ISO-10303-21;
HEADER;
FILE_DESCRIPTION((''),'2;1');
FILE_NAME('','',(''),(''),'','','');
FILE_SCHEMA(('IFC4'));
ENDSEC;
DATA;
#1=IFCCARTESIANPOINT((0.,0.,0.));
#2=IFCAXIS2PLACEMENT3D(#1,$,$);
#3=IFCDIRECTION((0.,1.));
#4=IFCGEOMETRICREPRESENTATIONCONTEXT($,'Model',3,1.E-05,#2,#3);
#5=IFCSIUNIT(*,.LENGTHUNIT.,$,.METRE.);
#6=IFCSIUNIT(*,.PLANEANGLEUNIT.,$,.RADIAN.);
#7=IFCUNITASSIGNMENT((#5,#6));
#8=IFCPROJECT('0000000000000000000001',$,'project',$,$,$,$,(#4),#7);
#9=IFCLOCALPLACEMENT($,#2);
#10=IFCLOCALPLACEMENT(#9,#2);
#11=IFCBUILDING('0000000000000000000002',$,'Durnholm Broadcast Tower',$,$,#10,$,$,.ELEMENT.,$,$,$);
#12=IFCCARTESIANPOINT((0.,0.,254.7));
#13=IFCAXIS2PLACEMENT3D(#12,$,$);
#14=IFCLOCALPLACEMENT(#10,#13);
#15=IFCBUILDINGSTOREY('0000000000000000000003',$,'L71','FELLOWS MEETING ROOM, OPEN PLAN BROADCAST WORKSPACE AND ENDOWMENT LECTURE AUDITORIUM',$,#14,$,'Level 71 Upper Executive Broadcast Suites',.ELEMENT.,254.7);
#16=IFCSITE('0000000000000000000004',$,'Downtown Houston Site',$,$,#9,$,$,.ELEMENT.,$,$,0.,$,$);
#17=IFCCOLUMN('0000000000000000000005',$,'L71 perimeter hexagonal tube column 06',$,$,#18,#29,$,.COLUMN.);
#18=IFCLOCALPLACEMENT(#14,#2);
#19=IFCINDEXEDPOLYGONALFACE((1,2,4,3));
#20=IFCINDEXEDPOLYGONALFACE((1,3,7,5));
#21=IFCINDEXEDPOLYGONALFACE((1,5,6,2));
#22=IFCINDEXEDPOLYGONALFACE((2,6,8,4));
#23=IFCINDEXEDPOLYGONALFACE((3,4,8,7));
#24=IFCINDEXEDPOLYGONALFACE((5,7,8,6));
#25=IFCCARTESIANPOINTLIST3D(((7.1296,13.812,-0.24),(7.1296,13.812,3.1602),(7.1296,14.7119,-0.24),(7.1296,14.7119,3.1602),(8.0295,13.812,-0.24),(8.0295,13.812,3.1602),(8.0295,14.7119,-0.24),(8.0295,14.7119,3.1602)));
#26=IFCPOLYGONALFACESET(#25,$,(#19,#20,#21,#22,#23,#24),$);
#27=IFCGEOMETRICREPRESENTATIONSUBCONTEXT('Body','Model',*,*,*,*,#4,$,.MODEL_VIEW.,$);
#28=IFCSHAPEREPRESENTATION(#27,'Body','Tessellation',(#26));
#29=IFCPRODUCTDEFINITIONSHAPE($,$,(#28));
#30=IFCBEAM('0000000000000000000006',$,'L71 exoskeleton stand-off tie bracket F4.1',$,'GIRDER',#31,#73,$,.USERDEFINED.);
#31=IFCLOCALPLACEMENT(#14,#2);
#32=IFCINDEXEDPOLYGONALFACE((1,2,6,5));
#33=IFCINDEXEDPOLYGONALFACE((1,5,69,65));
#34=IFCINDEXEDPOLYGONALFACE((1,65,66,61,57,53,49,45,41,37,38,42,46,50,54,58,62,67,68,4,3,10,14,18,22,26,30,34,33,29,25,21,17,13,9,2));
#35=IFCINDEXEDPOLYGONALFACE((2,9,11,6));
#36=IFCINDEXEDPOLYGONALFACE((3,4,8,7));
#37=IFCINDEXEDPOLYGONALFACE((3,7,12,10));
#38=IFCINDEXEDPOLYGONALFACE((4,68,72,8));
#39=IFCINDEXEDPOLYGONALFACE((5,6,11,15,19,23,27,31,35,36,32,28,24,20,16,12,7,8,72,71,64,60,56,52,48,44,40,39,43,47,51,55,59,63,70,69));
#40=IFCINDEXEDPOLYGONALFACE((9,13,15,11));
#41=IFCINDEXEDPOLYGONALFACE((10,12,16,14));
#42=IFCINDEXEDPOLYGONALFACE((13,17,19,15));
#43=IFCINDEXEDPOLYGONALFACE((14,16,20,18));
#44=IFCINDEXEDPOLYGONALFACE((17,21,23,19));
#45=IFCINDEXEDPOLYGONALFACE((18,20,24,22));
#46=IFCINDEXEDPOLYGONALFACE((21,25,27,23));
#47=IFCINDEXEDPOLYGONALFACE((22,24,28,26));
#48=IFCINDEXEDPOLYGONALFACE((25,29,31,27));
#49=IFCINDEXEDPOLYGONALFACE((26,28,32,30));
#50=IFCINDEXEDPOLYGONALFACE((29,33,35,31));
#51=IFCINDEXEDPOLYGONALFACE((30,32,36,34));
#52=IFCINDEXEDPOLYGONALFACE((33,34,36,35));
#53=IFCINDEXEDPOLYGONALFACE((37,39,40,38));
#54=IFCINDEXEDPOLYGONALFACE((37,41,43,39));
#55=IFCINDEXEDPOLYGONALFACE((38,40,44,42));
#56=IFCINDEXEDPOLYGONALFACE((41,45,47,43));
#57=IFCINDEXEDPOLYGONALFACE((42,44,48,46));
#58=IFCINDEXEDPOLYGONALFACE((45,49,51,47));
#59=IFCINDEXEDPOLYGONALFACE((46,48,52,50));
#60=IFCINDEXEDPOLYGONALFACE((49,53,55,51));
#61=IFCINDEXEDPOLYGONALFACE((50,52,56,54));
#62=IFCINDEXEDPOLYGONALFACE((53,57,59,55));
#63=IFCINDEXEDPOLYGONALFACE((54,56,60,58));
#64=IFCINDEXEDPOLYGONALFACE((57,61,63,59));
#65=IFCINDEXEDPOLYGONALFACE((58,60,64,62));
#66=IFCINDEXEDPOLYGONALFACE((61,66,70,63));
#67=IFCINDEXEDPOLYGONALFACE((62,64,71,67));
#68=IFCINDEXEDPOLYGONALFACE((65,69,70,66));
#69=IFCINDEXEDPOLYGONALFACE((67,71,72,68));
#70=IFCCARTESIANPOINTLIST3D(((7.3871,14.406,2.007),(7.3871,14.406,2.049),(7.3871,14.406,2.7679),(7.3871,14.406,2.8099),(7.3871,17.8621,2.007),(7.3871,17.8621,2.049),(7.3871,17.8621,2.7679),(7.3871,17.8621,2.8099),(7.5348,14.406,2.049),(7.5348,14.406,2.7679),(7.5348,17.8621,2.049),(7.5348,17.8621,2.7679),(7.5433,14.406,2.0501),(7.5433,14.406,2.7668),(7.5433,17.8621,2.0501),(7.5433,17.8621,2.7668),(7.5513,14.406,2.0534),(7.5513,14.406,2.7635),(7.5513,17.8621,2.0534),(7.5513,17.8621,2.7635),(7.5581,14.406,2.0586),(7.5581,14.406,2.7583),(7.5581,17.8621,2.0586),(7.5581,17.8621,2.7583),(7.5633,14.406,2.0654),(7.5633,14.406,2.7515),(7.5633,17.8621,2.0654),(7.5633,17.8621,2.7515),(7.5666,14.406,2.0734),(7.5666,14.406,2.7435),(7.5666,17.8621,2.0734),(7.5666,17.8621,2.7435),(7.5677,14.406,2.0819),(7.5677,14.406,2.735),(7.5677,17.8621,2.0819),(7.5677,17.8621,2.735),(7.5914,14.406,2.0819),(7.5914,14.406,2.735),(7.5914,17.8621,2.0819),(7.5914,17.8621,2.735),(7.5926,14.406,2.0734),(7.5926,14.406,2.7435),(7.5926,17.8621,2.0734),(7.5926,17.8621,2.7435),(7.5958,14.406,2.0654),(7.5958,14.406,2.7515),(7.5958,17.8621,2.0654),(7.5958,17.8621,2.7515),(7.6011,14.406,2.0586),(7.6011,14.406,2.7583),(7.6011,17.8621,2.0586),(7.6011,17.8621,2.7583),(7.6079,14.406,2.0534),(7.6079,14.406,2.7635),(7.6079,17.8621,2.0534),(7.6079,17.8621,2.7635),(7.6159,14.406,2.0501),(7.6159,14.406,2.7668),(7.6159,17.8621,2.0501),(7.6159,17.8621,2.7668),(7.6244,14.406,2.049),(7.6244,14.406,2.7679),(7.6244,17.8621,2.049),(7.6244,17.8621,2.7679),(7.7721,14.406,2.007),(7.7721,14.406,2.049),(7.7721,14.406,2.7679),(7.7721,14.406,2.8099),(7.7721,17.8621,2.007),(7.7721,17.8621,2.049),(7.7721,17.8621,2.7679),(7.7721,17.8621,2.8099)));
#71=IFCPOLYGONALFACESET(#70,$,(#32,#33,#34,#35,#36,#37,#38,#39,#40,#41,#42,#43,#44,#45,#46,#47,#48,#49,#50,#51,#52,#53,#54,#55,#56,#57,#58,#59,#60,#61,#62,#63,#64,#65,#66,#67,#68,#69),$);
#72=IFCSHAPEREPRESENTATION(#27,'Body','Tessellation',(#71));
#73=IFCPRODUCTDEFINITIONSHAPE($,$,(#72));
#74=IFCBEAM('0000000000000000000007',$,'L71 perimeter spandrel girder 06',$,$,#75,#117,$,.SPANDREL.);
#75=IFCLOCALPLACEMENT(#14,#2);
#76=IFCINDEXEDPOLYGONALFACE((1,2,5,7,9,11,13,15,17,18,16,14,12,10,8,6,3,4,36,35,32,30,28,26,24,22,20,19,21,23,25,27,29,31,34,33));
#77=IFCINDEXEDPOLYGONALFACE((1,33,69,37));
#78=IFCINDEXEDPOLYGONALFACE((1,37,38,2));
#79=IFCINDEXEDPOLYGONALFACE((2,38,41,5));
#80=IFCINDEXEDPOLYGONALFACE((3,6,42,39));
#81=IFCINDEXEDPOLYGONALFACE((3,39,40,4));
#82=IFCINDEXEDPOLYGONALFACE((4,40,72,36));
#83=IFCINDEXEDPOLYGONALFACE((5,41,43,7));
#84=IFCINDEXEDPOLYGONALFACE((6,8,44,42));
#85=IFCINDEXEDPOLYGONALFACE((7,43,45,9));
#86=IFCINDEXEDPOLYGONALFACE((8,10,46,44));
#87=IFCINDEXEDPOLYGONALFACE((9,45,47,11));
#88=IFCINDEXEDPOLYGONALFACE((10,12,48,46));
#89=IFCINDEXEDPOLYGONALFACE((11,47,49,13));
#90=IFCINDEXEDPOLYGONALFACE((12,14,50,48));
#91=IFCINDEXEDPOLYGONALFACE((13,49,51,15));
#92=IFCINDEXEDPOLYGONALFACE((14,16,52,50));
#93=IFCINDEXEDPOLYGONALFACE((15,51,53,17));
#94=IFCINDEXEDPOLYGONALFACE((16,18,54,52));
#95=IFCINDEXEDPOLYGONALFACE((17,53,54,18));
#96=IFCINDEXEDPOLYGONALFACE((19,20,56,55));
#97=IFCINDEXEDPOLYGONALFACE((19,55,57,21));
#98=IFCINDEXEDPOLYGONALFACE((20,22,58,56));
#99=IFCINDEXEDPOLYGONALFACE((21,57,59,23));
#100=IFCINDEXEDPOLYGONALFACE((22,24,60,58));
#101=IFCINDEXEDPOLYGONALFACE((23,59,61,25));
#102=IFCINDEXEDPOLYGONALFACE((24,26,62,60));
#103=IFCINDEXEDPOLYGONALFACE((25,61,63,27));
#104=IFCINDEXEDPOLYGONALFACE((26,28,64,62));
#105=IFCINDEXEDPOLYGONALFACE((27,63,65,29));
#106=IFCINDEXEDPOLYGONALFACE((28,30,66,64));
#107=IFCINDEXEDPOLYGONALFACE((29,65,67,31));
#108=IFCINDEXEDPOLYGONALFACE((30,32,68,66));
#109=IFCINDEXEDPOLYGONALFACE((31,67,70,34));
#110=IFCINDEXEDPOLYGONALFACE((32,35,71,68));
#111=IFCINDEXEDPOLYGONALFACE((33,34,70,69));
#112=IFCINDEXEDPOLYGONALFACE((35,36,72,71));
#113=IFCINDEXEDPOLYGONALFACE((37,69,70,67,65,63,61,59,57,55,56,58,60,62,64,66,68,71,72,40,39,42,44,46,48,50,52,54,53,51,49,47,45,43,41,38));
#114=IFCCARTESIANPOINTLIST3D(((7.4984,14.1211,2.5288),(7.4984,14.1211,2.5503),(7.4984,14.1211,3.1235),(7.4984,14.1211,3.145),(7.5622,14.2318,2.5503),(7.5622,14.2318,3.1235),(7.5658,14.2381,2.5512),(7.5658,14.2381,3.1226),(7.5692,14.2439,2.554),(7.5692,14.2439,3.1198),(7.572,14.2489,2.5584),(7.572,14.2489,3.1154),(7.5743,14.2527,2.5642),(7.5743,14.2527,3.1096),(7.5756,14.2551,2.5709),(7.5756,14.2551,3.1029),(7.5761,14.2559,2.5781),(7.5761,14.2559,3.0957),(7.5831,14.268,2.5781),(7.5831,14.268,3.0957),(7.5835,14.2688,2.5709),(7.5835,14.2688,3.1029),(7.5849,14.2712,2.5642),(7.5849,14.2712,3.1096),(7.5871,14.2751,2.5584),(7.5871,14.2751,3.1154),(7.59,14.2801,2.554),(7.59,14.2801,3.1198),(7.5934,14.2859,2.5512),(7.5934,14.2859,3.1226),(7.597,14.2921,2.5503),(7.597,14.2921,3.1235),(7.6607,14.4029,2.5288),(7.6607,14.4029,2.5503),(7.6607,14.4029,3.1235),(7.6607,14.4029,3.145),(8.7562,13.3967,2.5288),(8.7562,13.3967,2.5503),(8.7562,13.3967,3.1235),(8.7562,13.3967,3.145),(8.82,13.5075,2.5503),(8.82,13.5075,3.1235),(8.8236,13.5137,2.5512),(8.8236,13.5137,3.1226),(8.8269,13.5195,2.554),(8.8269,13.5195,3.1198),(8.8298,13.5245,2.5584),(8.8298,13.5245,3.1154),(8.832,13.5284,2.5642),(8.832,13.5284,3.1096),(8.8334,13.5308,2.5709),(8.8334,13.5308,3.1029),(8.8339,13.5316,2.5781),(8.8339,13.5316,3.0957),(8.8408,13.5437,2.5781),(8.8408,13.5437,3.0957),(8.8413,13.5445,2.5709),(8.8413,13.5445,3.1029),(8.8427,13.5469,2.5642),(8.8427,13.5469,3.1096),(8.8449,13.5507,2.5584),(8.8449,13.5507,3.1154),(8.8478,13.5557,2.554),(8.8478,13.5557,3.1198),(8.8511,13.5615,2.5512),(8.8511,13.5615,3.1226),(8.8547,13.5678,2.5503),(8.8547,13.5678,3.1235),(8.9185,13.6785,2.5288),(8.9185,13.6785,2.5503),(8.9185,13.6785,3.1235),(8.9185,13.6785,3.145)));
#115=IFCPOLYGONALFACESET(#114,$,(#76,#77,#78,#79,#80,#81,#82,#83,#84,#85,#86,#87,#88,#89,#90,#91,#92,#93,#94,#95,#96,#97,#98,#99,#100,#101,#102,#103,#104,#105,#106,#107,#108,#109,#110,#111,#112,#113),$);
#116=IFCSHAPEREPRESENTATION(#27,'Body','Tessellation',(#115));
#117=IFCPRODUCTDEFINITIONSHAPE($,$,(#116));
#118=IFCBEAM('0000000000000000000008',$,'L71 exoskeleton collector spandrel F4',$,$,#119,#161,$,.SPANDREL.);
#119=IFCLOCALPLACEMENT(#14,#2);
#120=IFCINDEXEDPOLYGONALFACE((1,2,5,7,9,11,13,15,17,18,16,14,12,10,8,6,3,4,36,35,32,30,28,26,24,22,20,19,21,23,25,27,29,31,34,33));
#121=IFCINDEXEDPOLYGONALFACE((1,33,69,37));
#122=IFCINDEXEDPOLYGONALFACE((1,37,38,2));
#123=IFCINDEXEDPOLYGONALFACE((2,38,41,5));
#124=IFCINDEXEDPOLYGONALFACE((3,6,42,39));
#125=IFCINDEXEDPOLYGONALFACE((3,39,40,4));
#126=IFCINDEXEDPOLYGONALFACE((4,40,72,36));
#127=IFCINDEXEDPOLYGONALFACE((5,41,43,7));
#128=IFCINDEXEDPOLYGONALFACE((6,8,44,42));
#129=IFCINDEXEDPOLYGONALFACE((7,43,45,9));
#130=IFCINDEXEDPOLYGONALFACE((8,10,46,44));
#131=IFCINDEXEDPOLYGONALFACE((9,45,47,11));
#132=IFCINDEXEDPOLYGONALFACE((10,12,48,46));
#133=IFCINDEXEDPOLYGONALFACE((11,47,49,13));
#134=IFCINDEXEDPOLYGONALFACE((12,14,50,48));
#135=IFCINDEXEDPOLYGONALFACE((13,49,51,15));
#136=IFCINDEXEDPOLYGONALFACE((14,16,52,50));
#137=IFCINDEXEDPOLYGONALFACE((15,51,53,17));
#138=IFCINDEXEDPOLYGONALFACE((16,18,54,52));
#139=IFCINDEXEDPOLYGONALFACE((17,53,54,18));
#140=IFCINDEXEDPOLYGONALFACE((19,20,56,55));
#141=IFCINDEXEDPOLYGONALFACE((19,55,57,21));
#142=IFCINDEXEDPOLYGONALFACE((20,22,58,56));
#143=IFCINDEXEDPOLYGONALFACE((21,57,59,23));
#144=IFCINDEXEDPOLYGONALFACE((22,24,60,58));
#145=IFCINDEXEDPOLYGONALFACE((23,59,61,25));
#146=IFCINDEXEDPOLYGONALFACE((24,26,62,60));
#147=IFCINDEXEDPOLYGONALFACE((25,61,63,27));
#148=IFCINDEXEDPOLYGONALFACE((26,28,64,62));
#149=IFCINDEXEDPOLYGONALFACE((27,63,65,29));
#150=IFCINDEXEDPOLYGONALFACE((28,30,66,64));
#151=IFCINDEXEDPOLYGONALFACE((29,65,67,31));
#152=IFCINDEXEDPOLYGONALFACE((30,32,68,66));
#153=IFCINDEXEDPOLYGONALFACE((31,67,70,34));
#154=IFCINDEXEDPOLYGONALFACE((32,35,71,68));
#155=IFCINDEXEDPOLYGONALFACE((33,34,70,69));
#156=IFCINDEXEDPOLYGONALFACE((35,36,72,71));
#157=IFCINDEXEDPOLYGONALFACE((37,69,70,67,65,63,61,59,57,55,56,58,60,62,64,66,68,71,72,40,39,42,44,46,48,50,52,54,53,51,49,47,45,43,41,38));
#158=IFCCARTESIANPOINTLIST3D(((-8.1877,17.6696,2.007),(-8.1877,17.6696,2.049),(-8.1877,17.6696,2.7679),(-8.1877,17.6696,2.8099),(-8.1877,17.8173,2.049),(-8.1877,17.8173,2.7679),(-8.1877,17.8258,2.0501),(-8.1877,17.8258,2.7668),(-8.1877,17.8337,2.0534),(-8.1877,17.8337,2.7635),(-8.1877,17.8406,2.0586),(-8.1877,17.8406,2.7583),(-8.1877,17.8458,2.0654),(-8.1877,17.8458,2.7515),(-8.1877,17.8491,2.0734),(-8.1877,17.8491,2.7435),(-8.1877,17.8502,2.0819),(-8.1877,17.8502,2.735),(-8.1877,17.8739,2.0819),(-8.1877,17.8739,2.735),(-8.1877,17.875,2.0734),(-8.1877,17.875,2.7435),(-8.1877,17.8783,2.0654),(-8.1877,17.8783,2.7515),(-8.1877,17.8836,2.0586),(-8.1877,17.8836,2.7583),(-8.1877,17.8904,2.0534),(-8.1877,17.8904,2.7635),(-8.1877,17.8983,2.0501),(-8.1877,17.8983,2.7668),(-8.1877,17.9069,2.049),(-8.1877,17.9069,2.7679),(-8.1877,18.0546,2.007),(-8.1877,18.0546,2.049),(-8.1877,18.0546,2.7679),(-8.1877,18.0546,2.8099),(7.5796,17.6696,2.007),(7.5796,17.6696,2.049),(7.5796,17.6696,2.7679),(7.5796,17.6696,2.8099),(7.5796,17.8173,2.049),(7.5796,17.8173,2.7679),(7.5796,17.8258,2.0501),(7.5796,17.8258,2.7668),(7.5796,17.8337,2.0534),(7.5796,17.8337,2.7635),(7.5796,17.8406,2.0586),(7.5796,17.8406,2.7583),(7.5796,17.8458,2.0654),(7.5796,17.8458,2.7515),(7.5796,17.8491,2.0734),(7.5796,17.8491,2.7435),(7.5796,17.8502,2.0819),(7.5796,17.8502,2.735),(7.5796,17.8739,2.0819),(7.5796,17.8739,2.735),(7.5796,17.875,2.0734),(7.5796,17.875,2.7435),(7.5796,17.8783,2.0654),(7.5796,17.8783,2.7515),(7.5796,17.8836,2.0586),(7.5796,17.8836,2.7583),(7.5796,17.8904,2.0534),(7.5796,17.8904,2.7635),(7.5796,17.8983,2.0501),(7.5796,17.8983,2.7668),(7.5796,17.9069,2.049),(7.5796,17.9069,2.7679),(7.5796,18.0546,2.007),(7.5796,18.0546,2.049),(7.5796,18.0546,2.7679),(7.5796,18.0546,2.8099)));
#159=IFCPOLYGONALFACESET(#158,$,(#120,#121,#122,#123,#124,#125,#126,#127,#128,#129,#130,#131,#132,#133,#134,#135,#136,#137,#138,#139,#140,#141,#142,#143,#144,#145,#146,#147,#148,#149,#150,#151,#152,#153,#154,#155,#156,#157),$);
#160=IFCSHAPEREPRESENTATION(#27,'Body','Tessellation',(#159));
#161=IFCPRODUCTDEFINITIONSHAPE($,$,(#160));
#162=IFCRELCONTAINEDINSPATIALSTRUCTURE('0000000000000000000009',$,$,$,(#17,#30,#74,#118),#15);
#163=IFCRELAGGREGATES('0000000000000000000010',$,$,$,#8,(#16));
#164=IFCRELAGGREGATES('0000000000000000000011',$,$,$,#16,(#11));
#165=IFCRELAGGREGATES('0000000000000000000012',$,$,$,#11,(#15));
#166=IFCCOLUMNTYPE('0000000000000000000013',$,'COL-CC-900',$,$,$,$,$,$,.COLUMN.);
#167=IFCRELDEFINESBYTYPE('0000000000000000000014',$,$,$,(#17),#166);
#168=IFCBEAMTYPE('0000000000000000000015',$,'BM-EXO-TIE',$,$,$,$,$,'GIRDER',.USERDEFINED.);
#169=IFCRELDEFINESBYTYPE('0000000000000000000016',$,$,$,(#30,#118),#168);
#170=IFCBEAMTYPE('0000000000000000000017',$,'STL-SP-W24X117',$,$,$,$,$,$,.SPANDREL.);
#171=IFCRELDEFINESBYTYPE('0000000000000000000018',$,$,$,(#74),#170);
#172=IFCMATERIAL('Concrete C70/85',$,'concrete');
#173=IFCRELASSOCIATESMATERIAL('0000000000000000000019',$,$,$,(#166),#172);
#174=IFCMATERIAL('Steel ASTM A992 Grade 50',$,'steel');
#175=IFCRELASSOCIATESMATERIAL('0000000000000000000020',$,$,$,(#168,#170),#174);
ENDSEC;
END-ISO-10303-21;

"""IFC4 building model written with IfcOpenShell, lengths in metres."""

from ifc_helpers import new_model, si_unit, direction, frame, origin, origin_2d, place, context, subcontext, project, spatial, rectangle, i_section, extrude, source, transform, mapped, material, material_profile, profile_set, type_object, type_shapes, element, save


model = new_model("IFC4")

# Units and contexts
model_context = context("Model", 3, precision=1e-05, world=origin(), true_north=direction((0.0, 1.0)))
body_context = subcontext(model_context, "Body", "Model", "MODEL_VIEW")
ifc_project = project(units=[si_unit("LENGTHUNIT", "METRE"), si_unit("PLANEANGLEUNIT", "RADIAN")], contexts=[model_context])

# Site, building, storey
site_placement = place(None, origin())
site = spatial("IfcSite", under=ifc_project, at=site_placement, Name="Downtown Houston Site", CompositionType="ELEMENT", RefElevation=0.0)
building_placement = place(site_placement, origin())
building = spatial("IfcBuilding", under=site, at=building_placement, Name="Durnholm Broadcast Tower", CompositionType="ELEMENT")
storey_placement = place(building_placement, frame((0.0, 0.0, 254.7)))
storey = spatial("IfcBuildingStorey", under=building, at=storey_placement, Name="L71", Description="FELLOWS MEETING ROOM, OPEN PLAN BROADCAST WORKSPACE AND ENDOWMENT LECTURE AUDITORIUM", LongName="Level 71 Upper Executive Broadcast Suites", CompositionType="ELEMENT", Elevation=254.7)

# Column
ifc_material_1 = material(Name="Concrete C70/85", Category="concrete")
ifc_material_profile_1 = material_profile(ifc_material_1, rectangle(XDim=0.8999, YDim=0.8999, at=origin_2d()), Name="RC900X900")
ifc_profile_set_1 = profile_set([ifc_material_profile_1], Name="Concrete C70/85")
column_type = type_object("IfcColumnType", Name="COL-CC-900", PredefinedType="COLUMN", material=ifc_profile_set_1)
shared_shape_1 = source(origin(), body_context, "Body", "SweptSolid", [
    extrude(rectangle(XDim=0.8999, YDim=0.8999, at=origin_2d()), origin(), (0.0, 0.0, 1.0), 3.4001),
])
type_shapes(column_type, [shared_shape_1])
column_placement = place(storey_placement, frame((7.5796, 14.262, -0.24), z_axis=(0.0, 0.0, 1.0), x_axis=(1.0, 0.0, 0.0)))
element("IfcColumn", 1, at=column_placement, inside=storey, type_object=column_type, Name="L71 perimeter hexagonal tube column 06", PredefinedType="COLUMN", context=body_context, shape_type="MappedRepresentation", body=[
    mapped(shared_shape_1, transform((0.0, 0.0, 0.0), x_axis=(1.0, 0.0, 0.0), y_axis=(0.0, 1.0, 0.0), z_axis=(0.0, 0.0, 1.0), scale=1.0)),
])

# Beams
ifc_material_2 = material(Name="Steel ASTM A992 Grade 50", Category="steel")
ifc_material_profile_2 = material_profile(ifc_material_2, i_section(OverallWidth=0.385, OverallDepth=0.803, WebThickness=0.0237, FlangeThickness=0.042, FilletRadius=0.033, at=origin_2d()), Name="W30X261")
ifc_profile_set_2 = profile_set([ifc_material_profile_2], Name="Steel ASTM A992 Grade 50")
beam_type_1 = type_object("IfcBeamType", Name="BM-EXO-TIE", ElementType="GIRDER", PredefinedType="USERDEFINED", material=ifc_profile_set_2)
shared_shape_2 = source(origin(), body_context, "Body", "SweptSolid", [
    extrude(i_section(OverallWidth=0.385, OverallDepth=0.803, WebThickness=0.0237, FlangeThickness=0.042, FilletRadius=0.033, at=origin_2d()), origin(), (0.0, 0.0, 1.0), 3.4561),
])
beam_1_placement = place(storey_placement, frame((7.5796, 14.406, 2.4084), z_axis=(0.0, 1.0, 0.0), x_axis=(-1.0, 0.0, 0.0)))
element("IfcBeam", 2, at=beam_1_placement, inside=storey, type_object=beam_type_1, Name="L71 exoskeleton stand-off tie bracket F4.1", ObjectType="GIRDER", PredefinedType="USERDEFINED", context=body_context, shape_type="MappedRepresentation", body=[
    mapped(shared_shape_2, transform((0.0, 0.0, 0.0), x_axis=(1.0, 0.0, 0.0), y_axis=(0.0, 1.0, 0.0), z_axis=(0.0, 0.0, 1.0), scale=1.0)),
])
ifc_material_profile_3 = material_profile(ifc_material_2, i_section(OverallWidth=0.3252, OverallDepth=0.6162, WebThickness=0.0139, FlangeThickness=0.0215, FilletRadius=0.0278, at=origin_2d()), Name="W24X117")
ifc_profile_set_3 = profile_set([ifc_material_profile_3], Name="Steel ASTM A992 Grade 50")
beam_type_2 = type_object("IfcBeamType", Name="STL-SP-W24X117", PredefinedType="SPANDREL", material=ifc_profile_set_3)
shared_shape_3 = source(origin(), body_context, "Body", "SweptSolid", [
    extrude(i_section(OverallWidth=0.3252, OverallDepth=0.6162, WebThickness=0.0139, FlangeThickness=0.0215, FilletRadius=0.0278, at=origin_2d()), origin(), (0.0, 0.0, 1.0), 1.4514),
])
type_shapes(beam_type_2, [shared_shape_3])
beam_2_placement = place(storey_placement, frame((7.5796, 14.262, 2.8369), z_axis=(0.866572, -0.499052, 0.0), x_axis=(0.499052, 0.866572, 0.0)))
element("IfcBeam", 3, at=beam_2_placement, inside=storey, type_object=beam_type_2, Name="L71 perimeter spandrel girder 06", PredefinedType="SPANDREL", context=body_context, shape_type="MappedRepresentation", body=[
    mapped(shared_shape_3, transform((0.0, 0.0, 0.0), x_axis=(1.0, 0.0, 0.0), y_axis=(0.0, 1.0, 0.0), z_axis=(0.0, 0.0, 1.0), scale=1.0)),
])
shared_shape_4 = source(origin(), body_context, "Body", "SweptSolid", [
    extrude(i_section(OverallWidth=0.385, OverallDepth=0.803, WebThickness=0.0237, FlangeThickness=0.042, FilletRadius=0.033, at=origin_2d()), origin(), (0.0, 0.0, 1.0), 15.7673),
])
type_shapes(beam_type_1, [shared_shape_2, shared_shape_4])
beam_3_placement = place(storey_placement, frame((7.5796, 17.8621, 2.4084), z_axis=(-1.0, 0.0, 0.0), x_axis=(0.0, -1.0, 0.0)))
element("IfcBeam", 4, at=beam_3_placement, inside=storey, type_object=beam_type_1, Name="L71 exoskeleton collector spandrel F4", PredefinedType="SPANDREL", context=body_context, shape_type="MappedRepresentation", body=[
    mapped(shared_shape_4, transform((0.0, 0.0, 0.0), x_axis=(1.0, 0.0, 0.0), y_axis=(0.0, 1.0, 0.0), z_axis=(0.0, 0.0, 1.0), scale=1.0)),
])

save(model, "model.ifc")
